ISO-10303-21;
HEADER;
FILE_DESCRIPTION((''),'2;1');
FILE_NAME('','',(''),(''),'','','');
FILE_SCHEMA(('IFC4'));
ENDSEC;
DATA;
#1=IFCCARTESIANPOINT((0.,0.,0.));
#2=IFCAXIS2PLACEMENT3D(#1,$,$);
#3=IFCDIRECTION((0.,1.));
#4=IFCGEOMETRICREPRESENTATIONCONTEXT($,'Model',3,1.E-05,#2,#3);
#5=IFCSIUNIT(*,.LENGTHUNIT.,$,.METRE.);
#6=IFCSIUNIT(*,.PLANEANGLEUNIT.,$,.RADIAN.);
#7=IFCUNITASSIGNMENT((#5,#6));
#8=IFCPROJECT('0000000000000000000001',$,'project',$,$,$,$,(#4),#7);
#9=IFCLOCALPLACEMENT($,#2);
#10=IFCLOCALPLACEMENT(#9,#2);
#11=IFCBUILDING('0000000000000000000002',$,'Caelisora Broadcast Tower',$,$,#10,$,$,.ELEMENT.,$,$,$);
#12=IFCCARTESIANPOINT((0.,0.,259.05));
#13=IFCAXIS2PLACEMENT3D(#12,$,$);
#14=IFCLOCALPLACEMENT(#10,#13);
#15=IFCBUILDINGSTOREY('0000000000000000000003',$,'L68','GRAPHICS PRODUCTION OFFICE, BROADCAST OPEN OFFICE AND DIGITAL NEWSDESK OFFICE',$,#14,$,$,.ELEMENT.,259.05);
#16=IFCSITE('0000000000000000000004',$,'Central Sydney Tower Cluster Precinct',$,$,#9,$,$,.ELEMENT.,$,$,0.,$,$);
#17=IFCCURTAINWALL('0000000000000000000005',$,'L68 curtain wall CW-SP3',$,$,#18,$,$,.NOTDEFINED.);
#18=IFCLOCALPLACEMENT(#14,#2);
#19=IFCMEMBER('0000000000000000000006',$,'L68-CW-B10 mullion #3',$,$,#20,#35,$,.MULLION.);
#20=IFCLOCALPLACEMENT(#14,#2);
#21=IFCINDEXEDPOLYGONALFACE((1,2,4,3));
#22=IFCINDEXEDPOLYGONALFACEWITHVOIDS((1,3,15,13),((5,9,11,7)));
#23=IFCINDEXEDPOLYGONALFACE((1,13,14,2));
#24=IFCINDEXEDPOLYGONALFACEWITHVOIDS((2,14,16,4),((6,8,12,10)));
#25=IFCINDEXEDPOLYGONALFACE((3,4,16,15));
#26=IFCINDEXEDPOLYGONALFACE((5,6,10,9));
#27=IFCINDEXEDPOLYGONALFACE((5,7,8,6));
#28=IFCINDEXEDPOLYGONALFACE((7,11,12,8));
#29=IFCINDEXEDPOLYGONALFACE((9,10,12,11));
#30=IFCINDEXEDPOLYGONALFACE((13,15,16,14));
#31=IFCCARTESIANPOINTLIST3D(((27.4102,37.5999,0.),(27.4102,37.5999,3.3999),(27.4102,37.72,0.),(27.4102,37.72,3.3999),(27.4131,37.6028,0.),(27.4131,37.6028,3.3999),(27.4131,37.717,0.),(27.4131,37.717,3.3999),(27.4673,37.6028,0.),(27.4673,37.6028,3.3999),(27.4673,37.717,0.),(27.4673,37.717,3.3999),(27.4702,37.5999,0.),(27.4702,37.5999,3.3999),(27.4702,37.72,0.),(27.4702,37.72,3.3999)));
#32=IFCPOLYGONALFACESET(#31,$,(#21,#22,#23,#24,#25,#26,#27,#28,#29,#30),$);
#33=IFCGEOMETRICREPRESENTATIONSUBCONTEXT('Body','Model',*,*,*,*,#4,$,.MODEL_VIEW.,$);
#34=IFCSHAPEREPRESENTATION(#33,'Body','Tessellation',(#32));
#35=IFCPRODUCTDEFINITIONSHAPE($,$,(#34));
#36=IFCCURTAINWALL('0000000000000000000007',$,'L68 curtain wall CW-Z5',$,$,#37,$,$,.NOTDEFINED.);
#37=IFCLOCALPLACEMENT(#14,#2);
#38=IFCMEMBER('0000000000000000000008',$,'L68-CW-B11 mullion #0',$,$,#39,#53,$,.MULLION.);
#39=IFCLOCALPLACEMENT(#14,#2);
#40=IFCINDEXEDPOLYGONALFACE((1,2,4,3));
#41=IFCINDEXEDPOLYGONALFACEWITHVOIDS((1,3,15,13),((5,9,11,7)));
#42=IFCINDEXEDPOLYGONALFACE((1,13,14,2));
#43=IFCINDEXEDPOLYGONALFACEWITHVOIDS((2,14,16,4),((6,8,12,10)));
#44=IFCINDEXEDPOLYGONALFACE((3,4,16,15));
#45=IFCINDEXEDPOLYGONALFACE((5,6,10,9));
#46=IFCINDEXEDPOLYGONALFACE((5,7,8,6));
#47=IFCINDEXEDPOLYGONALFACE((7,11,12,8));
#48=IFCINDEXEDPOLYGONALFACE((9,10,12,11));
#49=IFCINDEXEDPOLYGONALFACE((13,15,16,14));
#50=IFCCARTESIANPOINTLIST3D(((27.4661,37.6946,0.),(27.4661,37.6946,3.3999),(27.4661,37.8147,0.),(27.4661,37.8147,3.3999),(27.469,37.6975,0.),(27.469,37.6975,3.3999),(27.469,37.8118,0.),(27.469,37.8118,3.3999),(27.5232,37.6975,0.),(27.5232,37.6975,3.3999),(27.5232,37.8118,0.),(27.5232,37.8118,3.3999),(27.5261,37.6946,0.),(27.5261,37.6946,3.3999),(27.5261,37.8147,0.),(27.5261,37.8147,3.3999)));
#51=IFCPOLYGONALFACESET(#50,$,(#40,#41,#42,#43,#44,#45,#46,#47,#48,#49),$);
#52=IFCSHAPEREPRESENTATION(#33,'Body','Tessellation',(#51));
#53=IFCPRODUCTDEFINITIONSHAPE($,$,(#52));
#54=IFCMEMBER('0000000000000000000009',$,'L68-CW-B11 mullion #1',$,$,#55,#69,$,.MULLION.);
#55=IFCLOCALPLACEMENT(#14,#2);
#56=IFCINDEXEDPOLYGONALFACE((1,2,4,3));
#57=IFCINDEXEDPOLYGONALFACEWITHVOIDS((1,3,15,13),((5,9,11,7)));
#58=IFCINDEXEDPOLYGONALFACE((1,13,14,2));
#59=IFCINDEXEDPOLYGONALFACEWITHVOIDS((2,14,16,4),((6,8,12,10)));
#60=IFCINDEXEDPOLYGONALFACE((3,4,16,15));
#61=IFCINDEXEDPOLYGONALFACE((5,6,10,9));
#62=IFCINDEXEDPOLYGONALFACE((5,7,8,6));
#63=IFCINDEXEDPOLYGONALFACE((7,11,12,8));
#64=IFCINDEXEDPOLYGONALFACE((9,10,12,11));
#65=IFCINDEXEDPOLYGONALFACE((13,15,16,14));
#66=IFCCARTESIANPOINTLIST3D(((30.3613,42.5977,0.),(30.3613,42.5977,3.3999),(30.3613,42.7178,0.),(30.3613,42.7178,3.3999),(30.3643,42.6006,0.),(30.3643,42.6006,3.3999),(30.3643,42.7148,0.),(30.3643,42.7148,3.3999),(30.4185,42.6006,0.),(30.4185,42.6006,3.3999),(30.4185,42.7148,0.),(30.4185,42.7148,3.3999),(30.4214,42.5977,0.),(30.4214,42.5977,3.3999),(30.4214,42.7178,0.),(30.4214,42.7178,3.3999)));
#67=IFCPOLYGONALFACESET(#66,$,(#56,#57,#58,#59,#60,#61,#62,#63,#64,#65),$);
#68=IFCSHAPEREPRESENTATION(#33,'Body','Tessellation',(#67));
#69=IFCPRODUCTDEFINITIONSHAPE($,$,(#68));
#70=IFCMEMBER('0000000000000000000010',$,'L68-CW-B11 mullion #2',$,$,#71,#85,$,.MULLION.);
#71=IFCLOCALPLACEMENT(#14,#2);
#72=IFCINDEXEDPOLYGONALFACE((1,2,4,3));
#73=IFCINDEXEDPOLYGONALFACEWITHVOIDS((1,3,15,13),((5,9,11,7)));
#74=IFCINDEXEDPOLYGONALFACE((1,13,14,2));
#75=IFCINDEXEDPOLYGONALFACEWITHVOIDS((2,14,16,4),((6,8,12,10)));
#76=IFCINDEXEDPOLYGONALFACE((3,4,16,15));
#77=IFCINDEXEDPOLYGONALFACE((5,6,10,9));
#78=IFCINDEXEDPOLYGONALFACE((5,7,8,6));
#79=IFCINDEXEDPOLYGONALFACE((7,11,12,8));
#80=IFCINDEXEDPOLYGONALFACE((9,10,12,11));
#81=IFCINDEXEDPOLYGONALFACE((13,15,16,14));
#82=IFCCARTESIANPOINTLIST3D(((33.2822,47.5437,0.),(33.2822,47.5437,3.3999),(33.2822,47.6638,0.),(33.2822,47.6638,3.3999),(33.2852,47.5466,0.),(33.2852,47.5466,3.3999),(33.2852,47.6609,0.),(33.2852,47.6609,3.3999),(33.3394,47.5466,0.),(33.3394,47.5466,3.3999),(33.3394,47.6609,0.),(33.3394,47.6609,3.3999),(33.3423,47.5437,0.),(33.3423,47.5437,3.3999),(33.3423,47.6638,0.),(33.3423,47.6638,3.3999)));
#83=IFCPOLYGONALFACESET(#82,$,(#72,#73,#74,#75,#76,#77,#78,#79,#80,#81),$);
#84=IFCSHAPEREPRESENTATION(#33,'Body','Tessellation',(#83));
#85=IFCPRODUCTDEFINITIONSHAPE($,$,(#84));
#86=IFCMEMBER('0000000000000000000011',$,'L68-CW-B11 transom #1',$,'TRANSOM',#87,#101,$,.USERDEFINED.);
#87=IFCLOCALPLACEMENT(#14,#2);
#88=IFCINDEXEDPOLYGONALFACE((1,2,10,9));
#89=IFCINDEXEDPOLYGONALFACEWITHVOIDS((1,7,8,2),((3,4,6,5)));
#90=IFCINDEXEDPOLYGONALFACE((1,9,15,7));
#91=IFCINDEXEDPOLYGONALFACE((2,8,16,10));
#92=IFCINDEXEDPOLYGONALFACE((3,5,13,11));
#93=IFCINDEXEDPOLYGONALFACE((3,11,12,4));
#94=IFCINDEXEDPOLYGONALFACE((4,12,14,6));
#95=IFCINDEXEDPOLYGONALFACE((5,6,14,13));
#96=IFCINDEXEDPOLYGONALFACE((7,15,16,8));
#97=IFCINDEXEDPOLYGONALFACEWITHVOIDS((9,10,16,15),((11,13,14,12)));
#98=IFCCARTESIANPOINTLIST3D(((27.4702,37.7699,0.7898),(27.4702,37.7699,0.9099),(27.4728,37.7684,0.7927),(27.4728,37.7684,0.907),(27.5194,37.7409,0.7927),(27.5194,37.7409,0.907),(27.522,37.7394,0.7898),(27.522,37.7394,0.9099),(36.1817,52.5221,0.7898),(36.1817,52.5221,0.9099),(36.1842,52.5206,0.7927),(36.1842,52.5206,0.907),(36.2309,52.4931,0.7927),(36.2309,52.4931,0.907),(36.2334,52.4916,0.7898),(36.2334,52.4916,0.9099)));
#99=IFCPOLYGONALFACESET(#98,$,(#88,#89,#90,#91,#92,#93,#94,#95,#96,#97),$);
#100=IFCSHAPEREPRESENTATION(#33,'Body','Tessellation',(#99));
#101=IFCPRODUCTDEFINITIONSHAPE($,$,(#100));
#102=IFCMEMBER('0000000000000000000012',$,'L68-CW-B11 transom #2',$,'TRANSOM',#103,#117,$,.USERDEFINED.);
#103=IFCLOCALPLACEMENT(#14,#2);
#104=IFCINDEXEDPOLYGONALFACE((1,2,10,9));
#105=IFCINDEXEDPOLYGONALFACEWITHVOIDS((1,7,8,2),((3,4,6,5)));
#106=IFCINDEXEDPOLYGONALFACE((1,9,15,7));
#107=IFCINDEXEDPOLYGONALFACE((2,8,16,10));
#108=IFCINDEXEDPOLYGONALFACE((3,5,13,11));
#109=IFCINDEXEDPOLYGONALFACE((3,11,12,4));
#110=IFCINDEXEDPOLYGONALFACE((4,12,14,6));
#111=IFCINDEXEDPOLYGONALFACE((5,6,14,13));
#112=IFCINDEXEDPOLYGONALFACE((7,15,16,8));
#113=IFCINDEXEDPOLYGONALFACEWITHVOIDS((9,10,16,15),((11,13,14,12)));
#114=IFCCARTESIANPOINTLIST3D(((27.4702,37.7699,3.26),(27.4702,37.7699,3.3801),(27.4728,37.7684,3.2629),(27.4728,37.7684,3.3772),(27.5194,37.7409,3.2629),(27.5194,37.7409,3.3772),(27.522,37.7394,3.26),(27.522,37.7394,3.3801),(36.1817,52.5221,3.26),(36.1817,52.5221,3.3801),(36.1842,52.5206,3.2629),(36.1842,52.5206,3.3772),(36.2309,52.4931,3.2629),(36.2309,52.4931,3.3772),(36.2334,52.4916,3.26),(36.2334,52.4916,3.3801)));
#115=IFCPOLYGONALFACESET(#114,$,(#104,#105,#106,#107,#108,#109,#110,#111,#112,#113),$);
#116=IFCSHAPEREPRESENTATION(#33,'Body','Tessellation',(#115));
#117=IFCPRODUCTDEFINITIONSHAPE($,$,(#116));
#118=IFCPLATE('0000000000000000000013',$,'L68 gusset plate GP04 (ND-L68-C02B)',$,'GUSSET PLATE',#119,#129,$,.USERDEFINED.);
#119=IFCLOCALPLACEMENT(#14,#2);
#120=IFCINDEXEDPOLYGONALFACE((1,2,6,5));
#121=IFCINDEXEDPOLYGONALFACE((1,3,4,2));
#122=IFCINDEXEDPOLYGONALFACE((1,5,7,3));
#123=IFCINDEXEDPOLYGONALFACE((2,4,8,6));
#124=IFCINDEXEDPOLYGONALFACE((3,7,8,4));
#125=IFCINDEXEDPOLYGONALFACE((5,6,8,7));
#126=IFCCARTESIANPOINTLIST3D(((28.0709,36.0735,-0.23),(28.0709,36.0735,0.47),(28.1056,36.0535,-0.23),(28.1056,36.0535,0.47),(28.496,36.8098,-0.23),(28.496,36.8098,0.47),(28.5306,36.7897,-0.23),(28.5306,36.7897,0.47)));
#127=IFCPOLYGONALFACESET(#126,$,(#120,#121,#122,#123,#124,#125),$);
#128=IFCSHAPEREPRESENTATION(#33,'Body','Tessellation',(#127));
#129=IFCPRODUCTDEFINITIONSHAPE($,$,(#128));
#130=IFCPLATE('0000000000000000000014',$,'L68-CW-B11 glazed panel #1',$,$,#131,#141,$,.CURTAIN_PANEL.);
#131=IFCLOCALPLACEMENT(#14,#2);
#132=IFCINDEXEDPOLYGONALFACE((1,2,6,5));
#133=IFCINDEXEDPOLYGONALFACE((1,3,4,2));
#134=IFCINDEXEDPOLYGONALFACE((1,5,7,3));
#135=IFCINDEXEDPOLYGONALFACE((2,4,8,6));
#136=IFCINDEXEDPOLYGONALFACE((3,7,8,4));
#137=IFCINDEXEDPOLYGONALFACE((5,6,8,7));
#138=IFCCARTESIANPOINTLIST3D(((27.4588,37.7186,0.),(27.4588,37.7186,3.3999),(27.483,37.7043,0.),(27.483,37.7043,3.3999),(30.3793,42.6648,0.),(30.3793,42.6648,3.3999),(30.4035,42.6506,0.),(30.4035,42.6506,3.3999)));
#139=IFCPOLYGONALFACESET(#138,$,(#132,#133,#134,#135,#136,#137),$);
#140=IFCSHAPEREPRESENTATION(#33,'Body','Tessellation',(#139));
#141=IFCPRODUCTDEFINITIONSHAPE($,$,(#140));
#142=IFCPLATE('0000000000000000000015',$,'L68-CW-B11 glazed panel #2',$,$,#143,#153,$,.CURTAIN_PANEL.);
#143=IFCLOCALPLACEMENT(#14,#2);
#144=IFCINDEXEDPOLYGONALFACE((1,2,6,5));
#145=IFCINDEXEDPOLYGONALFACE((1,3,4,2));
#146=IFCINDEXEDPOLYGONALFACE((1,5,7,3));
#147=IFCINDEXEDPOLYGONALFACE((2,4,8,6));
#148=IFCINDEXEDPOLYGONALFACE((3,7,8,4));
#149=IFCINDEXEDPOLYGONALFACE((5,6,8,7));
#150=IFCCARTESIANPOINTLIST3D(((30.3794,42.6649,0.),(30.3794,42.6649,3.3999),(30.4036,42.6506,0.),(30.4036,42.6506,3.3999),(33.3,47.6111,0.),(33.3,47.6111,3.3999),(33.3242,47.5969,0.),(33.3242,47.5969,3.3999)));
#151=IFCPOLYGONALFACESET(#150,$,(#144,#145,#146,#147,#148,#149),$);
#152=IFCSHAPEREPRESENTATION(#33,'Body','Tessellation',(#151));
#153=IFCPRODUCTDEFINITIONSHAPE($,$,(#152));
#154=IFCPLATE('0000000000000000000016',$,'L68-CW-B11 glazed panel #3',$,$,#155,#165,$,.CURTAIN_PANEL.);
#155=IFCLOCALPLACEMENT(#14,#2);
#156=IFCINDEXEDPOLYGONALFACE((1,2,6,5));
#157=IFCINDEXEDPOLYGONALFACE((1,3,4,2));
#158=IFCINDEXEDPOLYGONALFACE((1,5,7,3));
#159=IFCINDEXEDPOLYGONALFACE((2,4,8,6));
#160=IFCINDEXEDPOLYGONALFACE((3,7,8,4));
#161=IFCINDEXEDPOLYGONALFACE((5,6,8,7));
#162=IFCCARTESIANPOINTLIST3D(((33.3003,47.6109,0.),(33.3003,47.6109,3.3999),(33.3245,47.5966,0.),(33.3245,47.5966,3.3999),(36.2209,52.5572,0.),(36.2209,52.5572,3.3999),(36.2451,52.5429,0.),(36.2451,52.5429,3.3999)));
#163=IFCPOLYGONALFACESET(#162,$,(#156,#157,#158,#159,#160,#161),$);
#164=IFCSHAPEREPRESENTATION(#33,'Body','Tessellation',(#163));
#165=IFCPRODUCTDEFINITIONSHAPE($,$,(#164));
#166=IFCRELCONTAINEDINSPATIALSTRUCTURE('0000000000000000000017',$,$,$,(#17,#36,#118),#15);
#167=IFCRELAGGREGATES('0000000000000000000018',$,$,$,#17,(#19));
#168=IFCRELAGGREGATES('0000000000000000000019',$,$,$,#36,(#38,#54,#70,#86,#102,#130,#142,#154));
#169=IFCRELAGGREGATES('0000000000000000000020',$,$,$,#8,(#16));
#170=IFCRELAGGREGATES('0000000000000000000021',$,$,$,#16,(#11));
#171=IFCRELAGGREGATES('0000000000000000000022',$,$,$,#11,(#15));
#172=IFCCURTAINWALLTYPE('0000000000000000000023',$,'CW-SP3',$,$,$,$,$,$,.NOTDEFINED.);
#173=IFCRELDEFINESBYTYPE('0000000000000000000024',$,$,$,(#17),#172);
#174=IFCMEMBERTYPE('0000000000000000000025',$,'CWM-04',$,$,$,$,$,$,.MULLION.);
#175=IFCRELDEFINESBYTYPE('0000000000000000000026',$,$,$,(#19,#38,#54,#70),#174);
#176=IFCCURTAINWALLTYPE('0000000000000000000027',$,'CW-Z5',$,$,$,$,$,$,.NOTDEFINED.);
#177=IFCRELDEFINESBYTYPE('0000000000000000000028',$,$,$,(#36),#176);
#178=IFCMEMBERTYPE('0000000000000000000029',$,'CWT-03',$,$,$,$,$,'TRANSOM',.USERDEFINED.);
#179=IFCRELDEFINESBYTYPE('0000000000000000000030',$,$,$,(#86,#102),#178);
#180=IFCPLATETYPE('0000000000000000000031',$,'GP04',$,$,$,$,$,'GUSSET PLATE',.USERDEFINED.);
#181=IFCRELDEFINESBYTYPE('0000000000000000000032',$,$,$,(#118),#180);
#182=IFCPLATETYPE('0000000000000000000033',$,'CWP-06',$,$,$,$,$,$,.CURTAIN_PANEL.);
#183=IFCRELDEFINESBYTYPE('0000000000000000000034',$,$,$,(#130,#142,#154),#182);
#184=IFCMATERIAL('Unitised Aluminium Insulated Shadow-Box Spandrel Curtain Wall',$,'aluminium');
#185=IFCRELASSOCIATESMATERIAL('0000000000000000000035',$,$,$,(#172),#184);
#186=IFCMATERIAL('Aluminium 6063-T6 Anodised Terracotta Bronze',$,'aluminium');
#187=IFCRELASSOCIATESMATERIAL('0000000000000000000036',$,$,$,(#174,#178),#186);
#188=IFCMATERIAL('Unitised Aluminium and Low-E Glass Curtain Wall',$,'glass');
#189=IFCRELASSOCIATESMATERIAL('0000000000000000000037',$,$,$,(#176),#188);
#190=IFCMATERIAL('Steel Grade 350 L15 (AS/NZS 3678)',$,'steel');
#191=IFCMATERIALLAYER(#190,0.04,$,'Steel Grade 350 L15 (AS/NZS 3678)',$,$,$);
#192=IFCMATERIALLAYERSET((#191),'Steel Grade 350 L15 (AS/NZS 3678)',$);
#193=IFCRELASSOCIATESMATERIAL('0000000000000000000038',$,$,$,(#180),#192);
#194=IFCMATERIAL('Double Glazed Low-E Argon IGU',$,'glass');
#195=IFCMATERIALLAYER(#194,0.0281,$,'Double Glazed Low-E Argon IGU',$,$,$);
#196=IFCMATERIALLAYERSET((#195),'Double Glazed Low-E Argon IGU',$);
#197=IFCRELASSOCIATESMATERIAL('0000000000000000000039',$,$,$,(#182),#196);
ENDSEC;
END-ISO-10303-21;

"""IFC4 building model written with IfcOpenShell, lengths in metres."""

from ifc_helpers import new_model, si_unit, direction, frame, origin, origin_2d, place, context, subcontext, project, spatial, rectangle, hollow_rectangle, extrude, source, transform, mapped, material, layer, layer_set, material_profile, profile_set, type_object, type_shapes, element, aggregate, save


model = new_model("IFC4")

# Units and contexts
model_context = context("Model", 3, precision=1e-05, world=origin(), true_north=direction((0.0, 1.0)))
body_context = subcontext(model_context, "Body", "Model", "MODEL_VIEW")
ifc_project = project(units=[si_unit("LENGTHUNIT", "METRE"), si_unit("PLANEANGLEUNIT", "RADIAN")], contexts=[model_context])

# Site, building, storey
site_placement = place(None, origin())
site = spatial("IfcSite", under=ifc_project, at=site_placement, Name="Central Sydney Tower Cluster Precinct", CompositionType="ELEMENT", RefElevation=0.0)
building_placement = place(site_placement, origin())
building = spatial("IfcBuilding", under=site, at=building_placement, Name="Caelisora Broadcast Tower", CompositionType="ELEMENT")
storey_placement = place(building_placement, frame((0.0, 0.0, 259.05)))
storey = spatial("IfcBuildingStorey", under=building, at=storey_placement, Name="L68", Description="GRAPHICS PRODUCTION OFFICE, BROADCAST OPEN OFFICE AND DIGITAL NEWSDESK OFFICE", CompositionType="ELEMENT", Elevation=259.05)

# Shared definitions
ifc_material_1 = material(Name="Steel Grade 350 L15 (AS/NZS 3678)", Category="steel")

# Curtain wall, member
ifc_material_2 = material(Name="Unitised Aluminium Insulated Shadow-Box Spandrel Curtain Wall", Category="aluminium")
curtain_wall_type_1 = type_object("IfcCurtainWallType", Name="CW-SP3", PredefinedType="NOTDEFINED", material=ifc_material_2)
curtain_wall_1_placement = place(storey_placement, origin())
curtain_wall_1 = element("IfcCurtainWall", 1, at=curtain_wall_1_placement, inside=storey, type_object=curtain_wall_type_1, Name="L68 curtain wall CW-SP3", PredefinedType="NOTDEFINED")
ifc_material_3 = material(Name="Aluminium 6063-T6 Anodised Terracotta Bronze", Category="aluminium")
ifc_material_profile_1 = material_profile(ifc_material_3, hollow_rectangle(XDim=0.0601, YDim=0.1201, WallThickness=0.0029, at=origin_2d()), Name="Aluminium 6063-T6 Anodised Terracotta Bronze")
ifc_profile_set_1 = profile_set([ifc_material_profile_1], Name="Aluminium 6063-T6 Anodised Terracotta Bronze")
member_type_1 = type_object("IfcMemberType", Name="CWM-04", PredefinedType="MULLION", material=ifc_profile_set_1)
shared_shape_1 = source(origin(), body_context, "Body", "SweptSolid", [
    extrude(hollow_rectangle(XDim=0.0601, YDim=0.1201, WallThickness=0.0029, at=origin_2d()), origin(), (0.0, 0.0, 1.0), 3.3999),
])
type_shapes(member_type_1, [shared_shape_1])
member_1_placement = place(storey_placement, frame((27.4402, 37.6599, 0.0), z_axis=(0.0, 0.0, 1.0), x_axis=(1.0, 0.0, 0.0)))
member_1 = element("IfcMember", 2, at=member_1_placement, type_object=member_type_1, Name="L68-CW-B10 mullion #3", PredefinedType="MULLION", context=body_context, shape_type="MappedRepresentation", body=[
    mapped(shared_shape_1, transform((0.0, 0.0, 0.0), scale=1.0)),
])
aggregate(curtain_wall_1, [member_1])

# Curtain wall, members
ifc_material_4 = material(Name="Unitised Aluminium and Low-E Glass Curtain Wall", Category="glass")
curtain_wall_type_2 = type_object("IfcCurtainWallType", Name="CW-Z5", PredefinedType="NOTDEFINED", material=ifc_material_4)
curtain_wall_2_placement = place(storey_placement, origin())
curtain_wall_2 = element("IfcCurtainWall", 3, at=curtain_wall_2_placement, inside=storey, type_object=curtain_wall_type_2, Name="L68 curtain wall CW-Z5", PredefinedType="NOTDEFINED")
member_2_placement = place(storey_placement, frame((27.4961, 37.7546, 0.0), z_axis=(0.0, 0.0, 1.0), x_axis=(1.0, 0.0, 0.0)))
member_2 = element("IfcMember", 4, at=member_2_placement, type_object=member_type_1, Name="L68-CW-B11 mullion #0", PredefinedType="MULLION", context=body_context, shape_type="MappedRepresentation", body=[
    mapped(shared_shape_1, transform((0.0, 0.0, 0.0), scale=1.0)),
])
member_3_placement = place(storey_placement, frame((30.3914, 42.6577, 0.0), z_axis=(0.0, 0.0, 1.0), x_axis=(1.0, 0.0, 0.0)))
member_3 = element("IfcMember", 5, at=member_3_placement, type_object=member_type_1, Name="L68-CW-B11 mullion #1", PredefinedType="MULLION", context=body_context, shape_type="MappedRepresentation", body=[
    mapped(shared_shape_1, transform((0.0, 0.0, 0.0), scale=1.0)),
])
member_4_placement = place(storey_placement, frame((33.3123, 47.6038, 0.0), z_axis=(0.0, 0.0, 1.0), x_axis=(1.0, 0.0, 0.0)))
member_4 = element("IfcMember", 6, at=member_4_placement, type_object=member_type_1, Name="L68-CW-B11 mullion #2", PredefinedType="MULLION", context=body_context, shape_type="MappedRepresentation", body=[
    mapped(shared_shape_1, transform((0.0, 0.0, 0.0), scale=1.0)),
])
ifc_material_profile_2 = material_profile(ifc_material_3, hollow_rectangle(XDim=0.0601, YDim=0.1201, WallThickness=0.0029, at=origin_2d()), Name="Aluminium 6063-T6 Anodised Terracotta Bronze")
ifc_profile_set_2 = profile_set([ifc_material_profile_2], Name="Aluminium 6063-T6 Anodised Terracotta Bronze")
member_type_2 = type_object("IfcMemberType", Name="CWT-03", ElementType="TRANSOM", PredefinedType="USERDEFINED", material=ifc_profile_set_2)
shared_shape_2 = source(origin(), body_context, "Body", "SweptSolid", [
    extrude(hollow_rectangle(XDim=0.0601, YDim=0.1201, WallThickness=0.0029, at=origin_2d()), origin(), (0.0, 0.0, 1.0), 17.1323),
])
type_shapes(member_type_2, [shared_shape_2])
member_5_placement = place(storey_placement, frame((27.4961, 37.7546, 0.8499), z_axis=(0.508479, 0.861074, 0.0), x_axis=(-0.861074, 0.508479, 0.0)))
member_5 = element("IfcMember", 7, at=member_5_placement, type_object=member_type_2, Name="L68-CW-B11 transom #1", ObjectType="TRANSOM", PredefinedType="USERDEFINED", context=body_context, shape_type="MappedRepresentation", body=[
    mapped(shared_shape_2, transform((0.0, 0.0, 0.0), scale=1.0)),
])
member_6_placement = place(storey_placement, frame((27.4961, 37.7546, 3.3201), z_axis=(0.508479, 0.861074, 0.0), x_axis=(-0.861074, 0.508479, 0.0)))
member_6 = element("IfcMember", 8, at=member_6_placement, type_object=member_type_2, Name="L68-CW-B11 transom #2", ObjectType="TRANSOM", PredefinedType="USERDEFINED", context=body_context, shape_type="MappedRepresentation", body=[
    mapped(shared_shape_2, transform((0.0, 0.0, 0.0), scale=1.0)),
])

# Plates
ifc_layer_1 = layer(ifc_material_1, 0.04, Name="Steel Grade 350 L15 (AS/NZS 3678)")
ifc_layer_set_1 = layer_set([ifc_layer_1], Name="Steel Grade 350 L15 (AS/NZS 3678)")
plate_type_1 = type_object("IfcPlateType", Name="GP04", ElementType="GUSSET PLATE", PredefinedType="USERDEFINED", material=ifc_layer_set_1)
shared_shape_3 = source(origin(), body_context, "Body", "SweptSolid", [
    extrude(rectangle(XDim=0.8501, YDim=0.04, at=origin_2d()), origin(), (0.0, 0.0, 1.0), 0.7),
])
type_shapes(plate_type_1, [shared_shape_3])
plate_1_placement = place(storey_placement, frame((28.3008, 36.4316, -0.23), z_axis=(0.0, 0.0, 1.0), x_axis=(-0.5, -0.866025, 0.0)))
element("IfcPlate", 9, at=plate_1_placement, inside=storey, type_object=plate_type_1, Name="L68 gusset plate GP04 (ND-L68-C02B)", ObjectType="GUSSET PLATE", PredefinedType="USERDEFINED", context=body_context, shape_type="MappedRepresentation", body=[
    mapped(shared_shape_3, transform((0.0, 0.0, 0.0), scale=1.0)),
])
ifc_material_5 = material(Name="Double Glazed Low-E Argon IGU", Category="glass")
ifc_layer_2 = layer(ifc_material_5, 0.0281, Name="Double Glazed Low-E Argon IGU")
ifc_layer_set_2 = layer_set([ifc_layer_2], Name="Double Glazed Low-E Argon IGU")
plate_type_2 = type_object("IfcPlateType", Name="CWP-06", PredefinedType="CURTAIN_PANEL", material=ifc_layer_set_2)
shared_shape_4 = source(origin(), body_context, "Body", "SweptSolid", [
    extrude(rectangle(XDim=5.7441, YDim=0.0281, at=origin_2d()), origin(), (0.0, 0.0, 1.0), 3.3999),
])
type_shapes(plate_type_2, [shared_shape_4])
plate_2_placement = place(storey_placement, frame((28.9312, 40.1846, 0.0), z_axis=(0.0, 0.0, 1.0), x_axis=(0.50844, 0.861097, 0.0)))
plate_2 = element("IfcPlate", 10, at=plate_2_placement, type_object=plate_type_2, Name="L68-CW-B11 glazed panel #1", PredefinedType="CURTAIN_PANEL", context=body_context, shape_type="MappedRepresentation", body=[
    mapped(shared_shape_4, transform((0.0, 0.0, 0.0), scale=1.0)),
])
plate_3_placement = place(storey_placement, frame((31.8518, 45.1309, 0.0), z_axis=(0.0, 0.0, 1.0), x_axis=(0.50844, 0.861097, 0.0)))
plate_3 = element("IfcPlate", 11, at=plate_3_placement, type_object=plate_type_2, Name="L68-CW-B11 glazed panel #2", PredefinedType="CURTAIN_PANEL", context=body_context, shape_type="MappedRepresentation", body=[
    mapped(shared_shape_4, transform((0.0, 0.0, 0.0), scale=1.0)),
])
plate_4_placement = place(storey_placement, frame((34.7727, 50.0769, 0.0), z_axis=(0.0, 0.0, 1.0), x_axis=(0.50844, 0.861097, 0.0)))
plate_4 = element("IfcPlate", 12, at=plate_4_placement, type_object=plate_type_2, Name="L68-CW-B11 glazed panel #3", PredefinedType="CURTAIN_PANEL", context=body_context, shape_type="MappedRepresentation", body=[
    mapped(shared_shape_4, transform((0.0, 0.0, 0.0), scale=1.0)),
])
aggregate(curtain_wall_2, [member_2, member_3, member_4, member_5, member_6, plate_2, plate_3, plate_4])

save(model, "model.ifc")
